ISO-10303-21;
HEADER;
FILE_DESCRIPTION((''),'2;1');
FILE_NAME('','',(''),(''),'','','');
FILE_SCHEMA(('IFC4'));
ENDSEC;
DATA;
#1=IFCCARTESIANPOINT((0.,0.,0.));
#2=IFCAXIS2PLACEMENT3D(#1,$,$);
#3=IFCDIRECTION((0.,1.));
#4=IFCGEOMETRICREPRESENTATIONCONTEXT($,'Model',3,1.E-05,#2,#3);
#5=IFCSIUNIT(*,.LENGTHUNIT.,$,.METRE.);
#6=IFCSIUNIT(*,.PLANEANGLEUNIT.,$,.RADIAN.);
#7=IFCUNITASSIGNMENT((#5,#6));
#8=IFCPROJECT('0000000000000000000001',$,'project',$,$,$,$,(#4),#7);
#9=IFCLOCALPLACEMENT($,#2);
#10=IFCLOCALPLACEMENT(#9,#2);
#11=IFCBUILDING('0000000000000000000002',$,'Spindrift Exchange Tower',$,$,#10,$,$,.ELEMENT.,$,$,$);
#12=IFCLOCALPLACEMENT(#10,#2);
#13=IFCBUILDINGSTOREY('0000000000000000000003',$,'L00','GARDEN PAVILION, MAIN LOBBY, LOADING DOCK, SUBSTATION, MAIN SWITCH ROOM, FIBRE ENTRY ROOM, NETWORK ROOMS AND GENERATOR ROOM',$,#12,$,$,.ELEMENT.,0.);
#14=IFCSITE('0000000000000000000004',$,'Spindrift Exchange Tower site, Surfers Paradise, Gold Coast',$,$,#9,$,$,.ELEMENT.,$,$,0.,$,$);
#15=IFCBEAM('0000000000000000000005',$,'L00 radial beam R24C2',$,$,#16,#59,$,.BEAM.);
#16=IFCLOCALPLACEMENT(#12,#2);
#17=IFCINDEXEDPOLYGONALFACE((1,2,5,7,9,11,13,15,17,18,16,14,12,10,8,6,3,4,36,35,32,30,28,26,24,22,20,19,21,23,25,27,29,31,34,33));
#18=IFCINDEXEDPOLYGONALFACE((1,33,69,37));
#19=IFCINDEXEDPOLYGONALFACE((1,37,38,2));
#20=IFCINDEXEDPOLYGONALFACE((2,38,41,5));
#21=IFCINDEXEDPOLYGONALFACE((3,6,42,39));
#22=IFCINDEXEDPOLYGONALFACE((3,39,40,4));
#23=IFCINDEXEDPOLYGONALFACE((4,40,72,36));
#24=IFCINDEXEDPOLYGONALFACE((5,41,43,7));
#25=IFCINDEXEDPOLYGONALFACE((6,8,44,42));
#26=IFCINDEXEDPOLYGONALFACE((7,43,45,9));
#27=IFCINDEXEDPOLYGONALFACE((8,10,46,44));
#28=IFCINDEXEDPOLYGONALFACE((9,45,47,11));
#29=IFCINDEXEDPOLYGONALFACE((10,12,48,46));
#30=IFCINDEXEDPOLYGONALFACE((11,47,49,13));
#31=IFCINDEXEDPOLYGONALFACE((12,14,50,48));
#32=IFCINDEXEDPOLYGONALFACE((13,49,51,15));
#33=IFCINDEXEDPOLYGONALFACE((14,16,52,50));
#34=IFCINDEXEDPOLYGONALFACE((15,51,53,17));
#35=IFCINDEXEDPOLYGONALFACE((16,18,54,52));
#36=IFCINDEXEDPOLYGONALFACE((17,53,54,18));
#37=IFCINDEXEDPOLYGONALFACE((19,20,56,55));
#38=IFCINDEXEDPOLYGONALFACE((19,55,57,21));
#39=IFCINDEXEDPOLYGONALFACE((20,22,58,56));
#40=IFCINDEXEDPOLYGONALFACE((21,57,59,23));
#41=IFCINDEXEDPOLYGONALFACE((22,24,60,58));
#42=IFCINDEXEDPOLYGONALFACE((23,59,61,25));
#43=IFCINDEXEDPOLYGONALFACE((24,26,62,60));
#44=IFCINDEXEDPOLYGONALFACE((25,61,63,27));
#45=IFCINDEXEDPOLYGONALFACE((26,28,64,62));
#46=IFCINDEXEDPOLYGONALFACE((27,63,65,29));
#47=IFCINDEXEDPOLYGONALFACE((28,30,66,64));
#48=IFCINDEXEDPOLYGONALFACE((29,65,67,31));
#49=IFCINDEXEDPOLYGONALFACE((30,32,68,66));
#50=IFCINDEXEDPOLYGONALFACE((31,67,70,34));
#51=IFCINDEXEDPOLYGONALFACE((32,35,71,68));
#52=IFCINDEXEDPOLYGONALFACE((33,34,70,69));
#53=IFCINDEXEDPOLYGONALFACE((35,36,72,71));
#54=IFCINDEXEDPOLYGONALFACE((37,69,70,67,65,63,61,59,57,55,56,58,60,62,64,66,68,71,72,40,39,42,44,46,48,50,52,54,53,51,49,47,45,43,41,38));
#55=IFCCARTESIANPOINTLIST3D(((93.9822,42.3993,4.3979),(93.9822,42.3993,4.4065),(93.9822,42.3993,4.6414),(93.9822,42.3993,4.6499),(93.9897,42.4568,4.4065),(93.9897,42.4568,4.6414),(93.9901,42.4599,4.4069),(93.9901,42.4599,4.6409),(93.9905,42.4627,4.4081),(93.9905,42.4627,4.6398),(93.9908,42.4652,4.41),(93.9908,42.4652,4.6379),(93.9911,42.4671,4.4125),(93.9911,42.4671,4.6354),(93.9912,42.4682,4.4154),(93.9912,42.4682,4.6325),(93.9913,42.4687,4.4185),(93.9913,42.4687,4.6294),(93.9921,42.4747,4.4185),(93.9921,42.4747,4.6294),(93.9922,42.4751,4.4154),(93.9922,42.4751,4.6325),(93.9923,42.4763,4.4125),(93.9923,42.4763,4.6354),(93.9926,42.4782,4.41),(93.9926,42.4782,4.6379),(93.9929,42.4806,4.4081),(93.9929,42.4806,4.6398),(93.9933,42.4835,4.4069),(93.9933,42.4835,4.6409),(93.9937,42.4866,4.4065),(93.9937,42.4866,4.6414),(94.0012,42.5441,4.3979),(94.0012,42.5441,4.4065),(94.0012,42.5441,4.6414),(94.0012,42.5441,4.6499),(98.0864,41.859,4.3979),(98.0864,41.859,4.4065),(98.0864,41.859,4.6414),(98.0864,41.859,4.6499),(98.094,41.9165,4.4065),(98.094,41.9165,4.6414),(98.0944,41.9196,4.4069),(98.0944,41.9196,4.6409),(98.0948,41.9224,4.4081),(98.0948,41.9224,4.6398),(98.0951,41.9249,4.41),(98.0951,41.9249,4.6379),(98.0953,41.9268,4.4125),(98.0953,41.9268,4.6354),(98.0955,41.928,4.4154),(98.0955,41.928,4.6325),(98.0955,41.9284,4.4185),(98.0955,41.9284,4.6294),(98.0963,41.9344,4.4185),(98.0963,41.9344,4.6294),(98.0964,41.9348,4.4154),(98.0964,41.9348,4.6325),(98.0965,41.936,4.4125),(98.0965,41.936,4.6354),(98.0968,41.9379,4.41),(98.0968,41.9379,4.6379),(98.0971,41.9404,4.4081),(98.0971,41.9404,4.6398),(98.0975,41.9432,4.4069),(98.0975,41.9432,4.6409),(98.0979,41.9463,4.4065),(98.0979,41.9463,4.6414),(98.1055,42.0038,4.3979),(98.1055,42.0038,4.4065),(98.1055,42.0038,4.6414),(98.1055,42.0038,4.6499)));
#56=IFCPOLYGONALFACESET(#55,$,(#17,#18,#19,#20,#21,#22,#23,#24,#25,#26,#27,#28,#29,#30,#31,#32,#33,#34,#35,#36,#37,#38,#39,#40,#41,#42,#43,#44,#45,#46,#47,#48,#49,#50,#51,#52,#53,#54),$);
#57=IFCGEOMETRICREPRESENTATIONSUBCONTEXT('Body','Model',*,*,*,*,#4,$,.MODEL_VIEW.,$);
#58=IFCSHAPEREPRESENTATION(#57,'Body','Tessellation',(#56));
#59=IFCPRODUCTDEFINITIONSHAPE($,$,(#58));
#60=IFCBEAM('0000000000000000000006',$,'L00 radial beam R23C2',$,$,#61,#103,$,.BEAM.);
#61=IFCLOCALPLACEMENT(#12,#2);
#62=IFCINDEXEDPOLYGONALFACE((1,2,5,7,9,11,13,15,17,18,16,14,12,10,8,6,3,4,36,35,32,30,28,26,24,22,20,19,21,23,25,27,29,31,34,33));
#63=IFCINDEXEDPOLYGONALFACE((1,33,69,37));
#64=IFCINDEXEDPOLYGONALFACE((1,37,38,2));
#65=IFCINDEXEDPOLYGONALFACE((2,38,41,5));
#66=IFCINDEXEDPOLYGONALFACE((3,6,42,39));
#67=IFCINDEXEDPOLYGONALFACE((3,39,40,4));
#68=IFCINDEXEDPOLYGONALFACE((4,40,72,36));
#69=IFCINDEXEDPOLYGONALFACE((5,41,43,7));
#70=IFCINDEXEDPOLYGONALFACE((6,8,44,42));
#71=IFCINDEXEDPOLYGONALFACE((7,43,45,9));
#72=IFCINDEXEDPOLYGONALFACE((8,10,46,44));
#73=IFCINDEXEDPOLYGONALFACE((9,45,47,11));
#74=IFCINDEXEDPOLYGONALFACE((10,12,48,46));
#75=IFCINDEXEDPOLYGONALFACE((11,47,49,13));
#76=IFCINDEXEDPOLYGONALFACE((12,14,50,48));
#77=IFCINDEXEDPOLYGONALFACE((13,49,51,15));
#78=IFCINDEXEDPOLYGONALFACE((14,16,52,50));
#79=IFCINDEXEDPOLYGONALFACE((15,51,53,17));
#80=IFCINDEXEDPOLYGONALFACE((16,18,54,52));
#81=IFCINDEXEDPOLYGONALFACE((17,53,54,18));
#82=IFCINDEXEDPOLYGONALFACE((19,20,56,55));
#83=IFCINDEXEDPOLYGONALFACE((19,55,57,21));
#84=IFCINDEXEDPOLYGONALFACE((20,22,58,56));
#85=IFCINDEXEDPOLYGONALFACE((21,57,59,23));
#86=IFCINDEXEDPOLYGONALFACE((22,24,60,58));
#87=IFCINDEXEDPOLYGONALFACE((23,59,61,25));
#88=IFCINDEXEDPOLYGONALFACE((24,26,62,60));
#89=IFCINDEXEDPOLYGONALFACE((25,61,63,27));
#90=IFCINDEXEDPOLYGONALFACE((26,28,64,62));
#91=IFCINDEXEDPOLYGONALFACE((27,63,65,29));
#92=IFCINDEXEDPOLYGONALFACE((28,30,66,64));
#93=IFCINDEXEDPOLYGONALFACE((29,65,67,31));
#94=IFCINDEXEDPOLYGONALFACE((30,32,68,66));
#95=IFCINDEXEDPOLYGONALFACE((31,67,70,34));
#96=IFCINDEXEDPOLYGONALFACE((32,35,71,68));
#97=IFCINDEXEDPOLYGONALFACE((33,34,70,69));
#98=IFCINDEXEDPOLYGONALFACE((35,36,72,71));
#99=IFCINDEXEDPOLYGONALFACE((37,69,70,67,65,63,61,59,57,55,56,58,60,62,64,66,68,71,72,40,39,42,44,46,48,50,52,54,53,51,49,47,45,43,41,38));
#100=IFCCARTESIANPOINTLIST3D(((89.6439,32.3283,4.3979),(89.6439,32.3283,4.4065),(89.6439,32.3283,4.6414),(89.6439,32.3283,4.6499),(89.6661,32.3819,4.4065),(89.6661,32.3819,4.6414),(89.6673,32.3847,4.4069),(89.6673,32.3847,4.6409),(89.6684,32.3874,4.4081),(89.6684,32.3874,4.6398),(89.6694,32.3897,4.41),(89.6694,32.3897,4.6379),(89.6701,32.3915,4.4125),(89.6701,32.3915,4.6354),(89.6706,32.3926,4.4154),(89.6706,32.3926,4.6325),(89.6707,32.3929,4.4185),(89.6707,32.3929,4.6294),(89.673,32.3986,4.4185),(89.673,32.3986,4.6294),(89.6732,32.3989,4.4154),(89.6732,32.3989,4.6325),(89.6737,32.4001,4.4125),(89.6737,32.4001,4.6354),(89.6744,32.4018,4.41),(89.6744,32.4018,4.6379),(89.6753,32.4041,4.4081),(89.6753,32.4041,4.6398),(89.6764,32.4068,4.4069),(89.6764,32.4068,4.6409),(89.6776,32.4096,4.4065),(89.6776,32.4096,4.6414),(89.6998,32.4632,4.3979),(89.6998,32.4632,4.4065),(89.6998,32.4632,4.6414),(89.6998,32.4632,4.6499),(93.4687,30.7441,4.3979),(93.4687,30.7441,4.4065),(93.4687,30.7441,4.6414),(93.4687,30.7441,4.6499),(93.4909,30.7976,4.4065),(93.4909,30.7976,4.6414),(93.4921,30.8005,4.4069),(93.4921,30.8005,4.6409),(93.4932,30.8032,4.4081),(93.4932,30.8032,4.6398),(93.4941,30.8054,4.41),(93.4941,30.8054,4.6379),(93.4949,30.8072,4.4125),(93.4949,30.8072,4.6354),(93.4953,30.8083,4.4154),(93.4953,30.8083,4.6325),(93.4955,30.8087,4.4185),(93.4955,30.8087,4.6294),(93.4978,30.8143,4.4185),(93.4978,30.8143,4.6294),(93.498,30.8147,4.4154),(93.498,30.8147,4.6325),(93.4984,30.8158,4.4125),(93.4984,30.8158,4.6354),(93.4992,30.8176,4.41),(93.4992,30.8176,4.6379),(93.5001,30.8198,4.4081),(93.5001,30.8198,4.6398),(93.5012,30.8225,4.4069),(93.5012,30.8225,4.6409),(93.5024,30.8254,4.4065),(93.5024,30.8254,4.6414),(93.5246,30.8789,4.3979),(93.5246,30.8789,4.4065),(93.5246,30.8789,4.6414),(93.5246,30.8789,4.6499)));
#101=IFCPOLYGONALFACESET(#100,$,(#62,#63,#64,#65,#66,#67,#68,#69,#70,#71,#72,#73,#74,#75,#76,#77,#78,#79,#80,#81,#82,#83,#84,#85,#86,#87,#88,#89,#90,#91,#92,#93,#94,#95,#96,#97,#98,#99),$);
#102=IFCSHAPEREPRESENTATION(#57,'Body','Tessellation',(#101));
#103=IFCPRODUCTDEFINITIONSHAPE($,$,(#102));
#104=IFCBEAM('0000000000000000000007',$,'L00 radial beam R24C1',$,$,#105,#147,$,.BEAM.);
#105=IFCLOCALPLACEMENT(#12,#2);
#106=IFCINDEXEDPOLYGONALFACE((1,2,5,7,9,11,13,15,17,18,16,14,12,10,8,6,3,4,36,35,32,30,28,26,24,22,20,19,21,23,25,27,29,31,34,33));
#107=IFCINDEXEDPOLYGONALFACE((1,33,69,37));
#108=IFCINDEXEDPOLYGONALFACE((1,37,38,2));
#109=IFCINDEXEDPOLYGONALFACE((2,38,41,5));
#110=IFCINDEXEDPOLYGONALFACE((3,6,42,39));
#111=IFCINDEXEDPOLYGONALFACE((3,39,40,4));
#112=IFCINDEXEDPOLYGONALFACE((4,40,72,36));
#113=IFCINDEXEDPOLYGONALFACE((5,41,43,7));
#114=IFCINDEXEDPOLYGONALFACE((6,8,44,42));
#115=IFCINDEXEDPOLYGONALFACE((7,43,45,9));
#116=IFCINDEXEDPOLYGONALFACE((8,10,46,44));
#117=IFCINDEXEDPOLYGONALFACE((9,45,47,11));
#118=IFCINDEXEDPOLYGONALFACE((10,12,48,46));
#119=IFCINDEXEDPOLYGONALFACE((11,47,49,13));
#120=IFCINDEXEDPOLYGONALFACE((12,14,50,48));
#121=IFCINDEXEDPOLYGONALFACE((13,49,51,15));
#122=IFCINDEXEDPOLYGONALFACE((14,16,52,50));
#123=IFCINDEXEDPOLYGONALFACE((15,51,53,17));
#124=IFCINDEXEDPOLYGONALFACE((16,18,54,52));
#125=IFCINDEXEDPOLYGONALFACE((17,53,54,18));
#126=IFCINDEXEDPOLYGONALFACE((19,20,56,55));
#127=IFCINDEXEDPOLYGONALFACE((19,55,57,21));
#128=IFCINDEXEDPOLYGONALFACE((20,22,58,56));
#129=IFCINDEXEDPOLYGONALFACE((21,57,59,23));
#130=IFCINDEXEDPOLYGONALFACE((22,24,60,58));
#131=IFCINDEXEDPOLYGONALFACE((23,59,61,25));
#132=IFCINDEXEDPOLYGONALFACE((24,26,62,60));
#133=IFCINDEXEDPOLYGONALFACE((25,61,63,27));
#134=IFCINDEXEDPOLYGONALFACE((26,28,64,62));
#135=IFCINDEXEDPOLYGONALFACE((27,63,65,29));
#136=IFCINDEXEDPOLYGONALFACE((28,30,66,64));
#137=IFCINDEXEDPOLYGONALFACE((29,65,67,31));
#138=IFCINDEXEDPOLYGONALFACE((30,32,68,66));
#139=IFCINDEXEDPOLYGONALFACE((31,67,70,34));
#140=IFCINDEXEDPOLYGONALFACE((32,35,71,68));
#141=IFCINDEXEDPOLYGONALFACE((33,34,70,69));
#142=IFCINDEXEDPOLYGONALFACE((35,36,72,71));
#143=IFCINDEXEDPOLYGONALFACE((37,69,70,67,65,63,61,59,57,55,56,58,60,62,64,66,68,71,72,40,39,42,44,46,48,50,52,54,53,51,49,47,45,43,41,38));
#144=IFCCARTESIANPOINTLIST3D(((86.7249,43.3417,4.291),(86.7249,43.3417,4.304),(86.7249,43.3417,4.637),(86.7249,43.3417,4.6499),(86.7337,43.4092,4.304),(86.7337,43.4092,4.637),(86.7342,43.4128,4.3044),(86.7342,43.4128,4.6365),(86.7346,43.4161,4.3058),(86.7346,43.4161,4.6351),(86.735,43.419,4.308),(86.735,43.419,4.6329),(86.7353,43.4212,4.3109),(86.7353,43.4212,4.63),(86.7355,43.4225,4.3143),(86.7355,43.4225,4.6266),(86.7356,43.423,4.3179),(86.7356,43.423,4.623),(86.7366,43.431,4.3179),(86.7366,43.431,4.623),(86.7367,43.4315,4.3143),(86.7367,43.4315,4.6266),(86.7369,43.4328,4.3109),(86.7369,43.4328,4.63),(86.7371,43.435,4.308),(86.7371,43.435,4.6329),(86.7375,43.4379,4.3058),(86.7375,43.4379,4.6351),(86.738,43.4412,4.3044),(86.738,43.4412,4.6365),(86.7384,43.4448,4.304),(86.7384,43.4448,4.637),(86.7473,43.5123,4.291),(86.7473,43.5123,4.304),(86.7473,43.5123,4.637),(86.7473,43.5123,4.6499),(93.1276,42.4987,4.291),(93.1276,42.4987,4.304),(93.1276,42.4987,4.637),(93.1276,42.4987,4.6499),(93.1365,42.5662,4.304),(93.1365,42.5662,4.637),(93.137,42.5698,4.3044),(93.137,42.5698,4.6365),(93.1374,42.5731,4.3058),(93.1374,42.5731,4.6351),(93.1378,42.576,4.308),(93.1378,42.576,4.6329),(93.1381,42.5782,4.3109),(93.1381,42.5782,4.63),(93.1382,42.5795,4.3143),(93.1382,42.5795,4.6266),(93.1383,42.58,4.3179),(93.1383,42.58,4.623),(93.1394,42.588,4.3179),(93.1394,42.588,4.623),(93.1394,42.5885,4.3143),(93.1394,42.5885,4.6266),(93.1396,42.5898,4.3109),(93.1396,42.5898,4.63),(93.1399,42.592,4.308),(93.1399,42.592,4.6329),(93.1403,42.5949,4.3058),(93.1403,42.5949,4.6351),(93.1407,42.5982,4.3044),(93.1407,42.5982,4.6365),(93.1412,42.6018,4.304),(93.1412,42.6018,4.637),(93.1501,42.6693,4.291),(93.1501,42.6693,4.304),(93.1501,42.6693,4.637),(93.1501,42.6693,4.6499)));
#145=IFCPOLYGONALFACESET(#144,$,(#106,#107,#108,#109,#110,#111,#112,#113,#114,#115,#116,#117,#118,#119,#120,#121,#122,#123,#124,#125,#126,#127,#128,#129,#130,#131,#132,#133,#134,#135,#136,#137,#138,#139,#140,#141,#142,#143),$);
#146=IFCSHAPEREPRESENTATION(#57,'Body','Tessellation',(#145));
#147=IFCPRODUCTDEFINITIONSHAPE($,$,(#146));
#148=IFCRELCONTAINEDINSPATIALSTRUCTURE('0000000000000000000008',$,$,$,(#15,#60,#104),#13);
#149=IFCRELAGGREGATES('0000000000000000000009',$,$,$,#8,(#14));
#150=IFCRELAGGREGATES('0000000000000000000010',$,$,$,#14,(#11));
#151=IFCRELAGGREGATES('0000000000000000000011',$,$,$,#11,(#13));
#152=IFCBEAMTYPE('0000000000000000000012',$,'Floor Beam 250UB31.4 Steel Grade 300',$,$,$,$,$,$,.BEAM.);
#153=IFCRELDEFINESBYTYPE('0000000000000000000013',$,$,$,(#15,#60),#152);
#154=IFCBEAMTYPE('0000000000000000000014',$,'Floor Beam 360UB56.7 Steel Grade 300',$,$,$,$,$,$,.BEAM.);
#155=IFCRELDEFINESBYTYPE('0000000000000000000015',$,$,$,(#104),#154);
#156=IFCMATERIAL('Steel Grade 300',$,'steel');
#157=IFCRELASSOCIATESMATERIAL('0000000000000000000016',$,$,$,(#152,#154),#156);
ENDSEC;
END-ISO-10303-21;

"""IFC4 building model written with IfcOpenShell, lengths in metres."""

from ifc_helpers import new_model, si_unit, direction, frame, origin, origin_2d, place, context, subcontext, project, spatial, i_section, extrude, source, transform, mapped, material, material_profile, profile_set, type_object, element, save


model = new_model("IFC4")

# Units and contexts
model_context = context("Model", 3, precision=1e-05, world=origin(), true_north=direction((0.0, 1.0)))
body_context = subcontext(model_context, "Body", "Model", "MODEL_VIEW")
ifc_project = project(units=[si_unit("LENGTHUNIT", "METRE"), si_unit("PLANEANGLEUNIT", "RADIAN")], contexts=[model_context])

# Site, building, storey
site_placement = place(None, origin())
site = spatial("IfcSite", under=ifc_project, at=site_placement, Name="Spindrift Exchange Tower site, Surfers Paradise, Gold Coast", CompositionType="ELEMENT", RefElevation=0.0)
building_placement = place(site_placement, origin())
building = spatial("IfcBuilding", under=site, at=building_placement, Name="Spindrift Exchange Tower", CompositionType="ELEMENT")
storey_placement = place(building_placement, origin())
storey = spatial("IfcBuildingStorey", under=building, at=storey_placement, Name="L00", Description="GARDEN PAVILION, MAIN LOBBY, LOADING DOCK, SUBSTATION, MAIN SWITCH ROOM, FIBRE ENTRY ROOM, NETWORK ROOMS AND GENERATOR ROOM", CompositionType="ELEMENT", Elevation=0.0)

# Beams
ifc_material_1 = material(Name="Steel Grade 300", Category="steel")
ifc_material_profile_1 = material_profile(ifc_material_1, i_section(OverallWidth=0.146, OverallDepth=0.252, WebThickness=0.0061, FlangeThickness=0.0085, FilletRadius=0.012, at=origin_2d()), Name="250UB31.4")
ifc_profile_set_1 = profile_set([ifc_material_profile_1], Name="Steel Grade 300")
beam_type_1 = type_object("IfcBeamType", Name="Floor Beam 250UB31.4 Steel Grade 300", PredefinedType="BEAM", material=ifc_profile_set_1)
shared_shape_1 = source(origin(), body_context, "Body", "SweptSolid", [
    extrude(i_section(OverallWidth=0.146, OverallDepth=0.252, WebThickness=0.0061, FlangeThickness=0.0085, FilletRadius=0.012, at=origin_2d()), origin(), (0.0, 0.0, 1.0), 4.1396),
])
beam_1_placement = place(storey_placement, frame((93.9917, 42.4717, 4.5239), z_axis=(0.991446, -0.130514, 0.0), x_axis=(0.130514, 0.991446, 0.0)))
element("IfcBeam", 1, at=beam_1_placement, inside=storey, type_object=beam_type_1, Name="L00 radial beam R24C2", PredefinedType="BEAM", context=body_context, shape_type="MappedRepresentation", body=[
    mapped(shared_shape_1, transform((0.0, 0.0, 0.0), scale=1.0)),
])
shared_shape_2 = source(origin(), body_context, "Body", "SweptSolid", [
    extrude(i_section(OverallWidth=0.146, OverallDepth=0.252, WebThickness=0.0061, FlangeThickness=0.0085, FilletRadius=0.012, at=origin_2d()), origin(), (0.0, 0.0, 1.0), 4.1399),
])
beam_2_placement = place(storey_placement, frame((89.6719, 32.3958, 4.5239), z_axis=(0.923881, -0.38268, 0.0), x_axis=(0.38268, 0.923881, 0.0)))
element("IfcBeam", 2, at=beam_2_placement, inside=storey, type_object=beam_type_1, Name="L00 radial beam R23C2", PredefinedType="BEAM", context=body_context, shape_type="MappedRepresentation", body=[
    mapped(shared_shape_2, transform((0.0, 0.0, 0.0), scale=1.0)),
])
ifc_material_profile_2 = material_profile(ifc_material_1, i_section(OverallWidth=0.1721, OverallDepth=0.3589, WebThickness=0.0081, FlangeThickness=0.0129, FilletRadius=0.0139, at=origin_2d()), Name="360UB56.7")
ifc_profile_set_2 = profile_set([ifc_material_profile_2], Name="Steel Grade 300")
beam_type_2 = type_object("IfcBeamType", Name="Floor Beam 360UB56.7 Steel Grade 300", PredefinedType="BEAM", material=ifc_profile_set_2)
shared_shape_3 = source(origin(), body_context, "Body", "SweptSolid", [
    extrude(i_section(OverallWidth=0.1721, OverallDepth=0.3589, WebThickness=0.0081, FlangeThickness=0.0129, FilletRadius=0.0139, at=origin_2d()), origin(), (0.0, 0.0, 1.0), 6.458),
])
beam_3_placement = place(storey_placement, frame((86.7361, 43.427, 4.4705), z_axis=(0.991443, -0.130537, 0.0), x_axis=(0.130537, 0.991443, 0.0)))
element("IfcBeam", 3, at=beam_3_placement, inside=storey, type_object=beam_type_2, Name="L00 radial beam R24C1", PredefinedType="BEAM", context=body_context, shape_type="MappedRepresentation", body=[
    mapped(shared_shape_3, transform((0.0, 0.0, 0.0), scale=1.0)),
])

save(model, "model.ifc")
